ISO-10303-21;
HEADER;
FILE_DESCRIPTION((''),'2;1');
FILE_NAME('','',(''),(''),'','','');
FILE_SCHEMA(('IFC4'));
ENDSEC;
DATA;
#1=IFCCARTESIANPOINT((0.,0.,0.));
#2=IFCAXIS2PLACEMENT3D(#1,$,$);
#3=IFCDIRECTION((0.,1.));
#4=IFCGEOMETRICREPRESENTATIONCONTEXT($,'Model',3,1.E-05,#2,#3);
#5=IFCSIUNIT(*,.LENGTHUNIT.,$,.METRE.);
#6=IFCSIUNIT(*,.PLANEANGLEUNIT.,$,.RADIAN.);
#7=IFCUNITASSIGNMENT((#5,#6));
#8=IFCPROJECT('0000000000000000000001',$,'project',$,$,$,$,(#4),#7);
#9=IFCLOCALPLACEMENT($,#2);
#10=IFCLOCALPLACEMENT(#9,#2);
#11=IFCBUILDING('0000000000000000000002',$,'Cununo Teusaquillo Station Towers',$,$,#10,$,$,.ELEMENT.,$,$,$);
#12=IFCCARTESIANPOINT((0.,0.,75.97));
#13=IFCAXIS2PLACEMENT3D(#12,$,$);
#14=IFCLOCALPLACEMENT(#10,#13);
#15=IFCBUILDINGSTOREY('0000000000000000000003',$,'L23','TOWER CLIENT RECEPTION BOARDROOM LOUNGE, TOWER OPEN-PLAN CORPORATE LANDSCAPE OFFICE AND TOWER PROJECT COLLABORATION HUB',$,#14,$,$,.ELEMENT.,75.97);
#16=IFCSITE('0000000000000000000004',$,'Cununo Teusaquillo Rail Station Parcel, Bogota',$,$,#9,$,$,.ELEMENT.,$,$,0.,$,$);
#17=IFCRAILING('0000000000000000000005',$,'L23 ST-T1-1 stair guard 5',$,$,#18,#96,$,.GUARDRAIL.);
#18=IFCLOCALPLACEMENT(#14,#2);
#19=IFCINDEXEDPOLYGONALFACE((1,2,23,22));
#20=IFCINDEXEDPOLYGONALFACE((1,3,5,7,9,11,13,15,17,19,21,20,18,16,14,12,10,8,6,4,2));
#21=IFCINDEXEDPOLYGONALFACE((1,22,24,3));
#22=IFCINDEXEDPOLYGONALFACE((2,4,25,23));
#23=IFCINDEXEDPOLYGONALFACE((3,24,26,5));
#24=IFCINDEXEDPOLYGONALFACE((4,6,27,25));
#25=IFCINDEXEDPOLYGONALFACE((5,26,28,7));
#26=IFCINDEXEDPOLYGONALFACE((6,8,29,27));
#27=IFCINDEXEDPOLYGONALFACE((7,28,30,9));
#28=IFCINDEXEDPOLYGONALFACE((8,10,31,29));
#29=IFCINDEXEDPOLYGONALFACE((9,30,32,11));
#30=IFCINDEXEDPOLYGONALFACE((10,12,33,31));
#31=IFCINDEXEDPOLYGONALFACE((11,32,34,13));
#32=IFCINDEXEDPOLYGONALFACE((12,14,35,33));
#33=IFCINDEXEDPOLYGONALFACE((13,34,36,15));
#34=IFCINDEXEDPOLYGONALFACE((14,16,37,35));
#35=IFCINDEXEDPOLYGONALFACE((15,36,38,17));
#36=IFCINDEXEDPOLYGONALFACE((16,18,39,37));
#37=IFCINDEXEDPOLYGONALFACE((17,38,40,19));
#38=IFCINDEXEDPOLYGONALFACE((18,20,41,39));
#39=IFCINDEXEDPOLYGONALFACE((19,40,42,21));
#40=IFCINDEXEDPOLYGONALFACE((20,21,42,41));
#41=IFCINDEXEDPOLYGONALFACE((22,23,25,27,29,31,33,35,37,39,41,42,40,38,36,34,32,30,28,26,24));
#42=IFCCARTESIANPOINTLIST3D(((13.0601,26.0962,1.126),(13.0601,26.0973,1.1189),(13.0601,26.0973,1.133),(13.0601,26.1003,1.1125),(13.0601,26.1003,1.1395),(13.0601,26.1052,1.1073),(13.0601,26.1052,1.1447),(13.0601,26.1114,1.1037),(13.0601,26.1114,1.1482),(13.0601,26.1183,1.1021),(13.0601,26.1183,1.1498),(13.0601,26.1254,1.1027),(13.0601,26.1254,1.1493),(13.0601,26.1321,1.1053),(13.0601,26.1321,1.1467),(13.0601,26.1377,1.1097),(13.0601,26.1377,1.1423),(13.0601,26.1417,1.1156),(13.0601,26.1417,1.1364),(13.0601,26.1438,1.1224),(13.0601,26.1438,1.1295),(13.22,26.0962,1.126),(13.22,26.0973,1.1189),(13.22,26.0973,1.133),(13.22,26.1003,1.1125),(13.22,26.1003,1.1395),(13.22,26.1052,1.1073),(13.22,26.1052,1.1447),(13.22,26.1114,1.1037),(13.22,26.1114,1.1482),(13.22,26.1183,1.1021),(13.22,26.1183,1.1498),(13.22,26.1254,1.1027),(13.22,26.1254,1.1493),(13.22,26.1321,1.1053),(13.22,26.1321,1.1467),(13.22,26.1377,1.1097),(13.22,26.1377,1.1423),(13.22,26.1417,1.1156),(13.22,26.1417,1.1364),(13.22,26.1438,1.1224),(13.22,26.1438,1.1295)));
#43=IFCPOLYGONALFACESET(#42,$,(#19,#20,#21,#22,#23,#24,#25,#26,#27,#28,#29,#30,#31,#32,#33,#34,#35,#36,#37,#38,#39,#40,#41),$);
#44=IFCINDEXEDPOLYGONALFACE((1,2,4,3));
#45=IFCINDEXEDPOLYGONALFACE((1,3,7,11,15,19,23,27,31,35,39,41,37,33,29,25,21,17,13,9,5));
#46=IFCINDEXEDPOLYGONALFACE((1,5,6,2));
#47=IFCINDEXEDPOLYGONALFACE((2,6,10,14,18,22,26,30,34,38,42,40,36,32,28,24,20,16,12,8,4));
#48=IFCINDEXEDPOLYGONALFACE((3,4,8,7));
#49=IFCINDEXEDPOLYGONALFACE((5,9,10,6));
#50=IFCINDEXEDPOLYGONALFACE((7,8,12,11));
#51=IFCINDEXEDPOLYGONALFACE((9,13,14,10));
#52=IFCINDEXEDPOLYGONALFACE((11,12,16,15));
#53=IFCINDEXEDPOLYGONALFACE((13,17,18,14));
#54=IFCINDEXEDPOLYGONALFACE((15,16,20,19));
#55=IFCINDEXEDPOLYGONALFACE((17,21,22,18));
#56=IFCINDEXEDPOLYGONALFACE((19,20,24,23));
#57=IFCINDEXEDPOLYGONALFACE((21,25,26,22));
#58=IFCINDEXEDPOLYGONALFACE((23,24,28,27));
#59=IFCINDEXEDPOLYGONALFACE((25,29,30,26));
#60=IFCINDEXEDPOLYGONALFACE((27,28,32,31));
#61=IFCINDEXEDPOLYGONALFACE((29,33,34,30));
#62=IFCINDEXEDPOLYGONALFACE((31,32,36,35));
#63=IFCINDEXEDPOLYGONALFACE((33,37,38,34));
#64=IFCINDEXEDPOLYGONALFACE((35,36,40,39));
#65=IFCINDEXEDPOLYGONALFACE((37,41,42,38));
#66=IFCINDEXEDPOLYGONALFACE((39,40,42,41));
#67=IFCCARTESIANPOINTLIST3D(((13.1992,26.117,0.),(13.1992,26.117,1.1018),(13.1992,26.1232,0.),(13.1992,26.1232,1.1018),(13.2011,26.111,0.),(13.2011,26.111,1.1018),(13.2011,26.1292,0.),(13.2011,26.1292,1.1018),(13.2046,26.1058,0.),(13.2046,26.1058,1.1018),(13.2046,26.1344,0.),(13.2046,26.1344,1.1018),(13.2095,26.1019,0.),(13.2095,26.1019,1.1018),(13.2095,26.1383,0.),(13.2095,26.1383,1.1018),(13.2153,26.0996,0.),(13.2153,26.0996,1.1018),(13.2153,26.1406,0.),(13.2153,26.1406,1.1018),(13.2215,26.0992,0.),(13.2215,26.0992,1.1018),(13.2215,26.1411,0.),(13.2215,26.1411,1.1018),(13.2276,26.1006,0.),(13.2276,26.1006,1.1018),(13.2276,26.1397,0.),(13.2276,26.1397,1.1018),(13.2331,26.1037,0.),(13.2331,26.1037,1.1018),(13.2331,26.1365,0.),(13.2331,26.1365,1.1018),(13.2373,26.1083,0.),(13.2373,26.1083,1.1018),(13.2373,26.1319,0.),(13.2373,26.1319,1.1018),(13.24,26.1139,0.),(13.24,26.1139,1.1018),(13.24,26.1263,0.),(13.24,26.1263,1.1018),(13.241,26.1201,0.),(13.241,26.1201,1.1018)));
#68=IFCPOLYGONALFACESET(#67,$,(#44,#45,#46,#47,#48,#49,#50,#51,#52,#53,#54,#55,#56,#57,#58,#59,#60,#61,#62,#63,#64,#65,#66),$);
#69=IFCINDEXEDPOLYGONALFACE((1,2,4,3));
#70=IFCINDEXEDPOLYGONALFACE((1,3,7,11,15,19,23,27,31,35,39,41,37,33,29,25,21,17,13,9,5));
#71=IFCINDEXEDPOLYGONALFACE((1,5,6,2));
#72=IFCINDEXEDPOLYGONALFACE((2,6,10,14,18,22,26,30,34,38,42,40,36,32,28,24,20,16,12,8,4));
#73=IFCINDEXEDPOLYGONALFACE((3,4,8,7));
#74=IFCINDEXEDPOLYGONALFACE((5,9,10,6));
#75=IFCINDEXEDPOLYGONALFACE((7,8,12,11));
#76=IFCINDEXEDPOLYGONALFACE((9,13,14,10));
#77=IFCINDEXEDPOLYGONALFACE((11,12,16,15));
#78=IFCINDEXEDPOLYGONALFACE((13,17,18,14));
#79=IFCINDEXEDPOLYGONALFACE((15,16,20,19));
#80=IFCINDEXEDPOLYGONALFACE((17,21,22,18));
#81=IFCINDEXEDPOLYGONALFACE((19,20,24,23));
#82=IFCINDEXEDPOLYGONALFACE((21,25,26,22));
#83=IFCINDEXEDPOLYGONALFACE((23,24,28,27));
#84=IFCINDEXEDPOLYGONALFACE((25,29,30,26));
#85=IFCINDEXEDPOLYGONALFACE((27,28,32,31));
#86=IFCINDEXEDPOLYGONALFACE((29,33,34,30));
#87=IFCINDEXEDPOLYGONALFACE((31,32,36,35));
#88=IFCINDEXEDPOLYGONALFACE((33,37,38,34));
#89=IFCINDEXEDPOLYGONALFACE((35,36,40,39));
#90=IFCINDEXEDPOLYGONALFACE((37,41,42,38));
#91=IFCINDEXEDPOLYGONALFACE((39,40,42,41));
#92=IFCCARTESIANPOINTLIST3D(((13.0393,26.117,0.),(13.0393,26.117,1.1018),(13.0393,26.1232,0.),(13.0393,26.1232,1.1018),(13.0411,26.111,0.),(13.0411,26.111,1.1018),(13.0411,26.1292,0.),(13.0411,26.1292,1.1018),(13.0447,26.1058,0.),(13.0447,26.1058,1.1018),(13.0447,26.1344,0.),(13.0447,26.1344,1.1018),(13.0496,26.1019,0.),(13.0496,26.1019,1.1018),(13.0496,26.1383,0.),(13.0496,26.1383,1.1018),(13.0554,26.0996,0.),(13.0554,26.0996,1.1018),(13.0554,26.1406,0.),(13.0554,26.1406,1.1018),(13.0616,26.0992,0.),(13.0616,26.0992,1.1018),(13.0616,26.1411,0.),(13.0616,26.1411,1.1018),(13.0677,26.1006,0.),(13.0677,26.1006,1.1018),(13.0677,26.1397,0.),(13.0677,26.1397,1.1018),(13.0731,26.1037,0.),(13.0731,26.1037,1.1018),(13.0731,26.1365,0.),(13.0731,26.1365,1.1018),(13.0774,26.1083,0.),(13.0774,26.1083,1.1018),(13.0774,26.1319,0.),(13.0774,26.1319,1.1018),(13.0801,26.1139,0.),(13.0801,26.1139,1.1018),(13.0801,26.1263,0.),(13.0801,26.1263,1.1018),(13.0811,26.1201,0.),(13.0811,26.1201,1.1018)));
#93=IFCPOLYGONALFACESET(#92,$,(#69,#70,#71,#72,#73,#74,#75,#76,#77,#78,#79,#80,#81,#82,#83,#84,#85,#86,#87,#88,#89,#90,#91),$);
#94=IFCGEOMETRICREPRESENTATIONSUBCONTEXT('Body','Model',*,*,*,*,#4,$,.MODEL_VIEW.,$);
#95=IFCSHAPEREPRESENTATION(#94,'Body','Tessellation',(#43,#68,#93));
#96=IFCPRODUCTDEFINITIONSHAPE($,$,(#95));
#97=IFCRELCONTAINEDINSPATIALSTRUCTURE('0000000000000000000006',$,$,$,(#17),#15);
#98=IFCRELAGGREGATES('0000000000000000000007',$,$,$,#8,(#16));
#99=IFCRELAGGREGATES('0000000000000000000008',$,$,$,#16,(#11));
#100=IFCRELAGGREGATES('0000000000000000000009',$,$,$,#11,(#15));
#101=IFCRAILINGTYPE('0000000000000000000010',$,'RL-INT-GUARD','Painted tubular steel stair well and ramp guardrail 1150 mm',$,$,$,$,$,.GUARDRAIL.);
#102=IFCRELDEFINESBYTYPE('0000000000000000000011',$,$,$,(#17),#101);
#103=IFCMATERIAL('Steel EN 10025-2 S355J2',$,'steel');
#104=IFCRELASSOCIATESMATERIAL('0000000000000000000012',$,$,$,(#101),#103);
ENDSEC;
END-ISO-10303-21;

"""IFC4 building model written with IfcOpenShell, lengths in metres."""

from ifc_helpers import new_model, si_unit, direction, frame, origin, origin_2d, place, context, subcontext, project, spatial, circle, extrude, material, type_object, element, save


model = new_model("IFC4")

# Units and contexts
model_context = context("Model", 3, precision=1e-05, world=origin(), true_north=direction((0.0, 1.0)))
body_context = subcontext(model_context, "Body", "Model", "MODEL_VIEW")
ifc_project = project(units=[si_unit("LENGTHUNIT", "METRE"), si_unit("PLANEANGLEUNIT", "RADIAN")], contexts=[model_context])

# Site, building, storey
site_placement = place(None, origin())
site = spatial("IfcSite", under=ifc_project, at=site_placement, Name="Cununo Teusaquillo Rail Station Parcel, Bogota", CompositionType="ELEMENT", RefElevation=0.0)
building_placement = place(site_placement, origin())
building = spatial("IfcBuilding", under=site, at=building_placement, Name="Cununo Teusaquillo Station Towers", CompositionType="ELEMENT")
storey_placement = place(building_placement, frame((0.0, 0.0, 75.97)))
storey = spatial("IfcBuildingStorey", under=building, at=storey_placement, Name="L23", Description="TOWER CLIENT RECEPTION BOARDROOM LOUNGE, TOWER OPEN-PLAN CORPORATE LANDSCAPE OFFICE AND TOWER PROJECT COLLABORATION HUB", CompositionType="ELEMENT", Elevation=75.97)

# Railing
ifc_material_1 = material(Name="Steel EN 10025-2 S355J2", Category="steel")
railing_type_1 = type_object("IfcRailingType", Name="RL-INT-GUARD", Description="Painted tubular steel stair well and ramp guardrail 1150 mm", PredefinedType="GUARDRAIL", material=ifc_material_1)
railing_1_placement = place(storey_placement, frame((13.22, 26.1201, 0.0)))
element("IfcRailing", 1, at=railing_1_placement, inside=storey, type_object=railing_type_1, Name="L23 ST-T1-1 stair guard 5", PredefinedType="GUARDRAIL", context=body_context, shape_type="SweptSolid", body=[
    extrude(circle(Radius=0.0239, at=origin_2d()), frame((0.0, 0.0, 1.126), z_axis=(-1.0, 0.0, 0.0), x_axis=(0.0, -1.0, 0.0)), (0.0, 0.0, 1.0), 0.1599),
    extrude(circle(Radius=0.021, at=origin_2d()), origin(), (0.0, 0.0, 1.0), 1.1018),
    extrude(circle(Radius=0.021, at=origin_2d()), frame((-0.1599, 0.0, 0.0)), (0.0, 0.0, 1.0), 1.1018),
])

save(model, "model.ifc")
